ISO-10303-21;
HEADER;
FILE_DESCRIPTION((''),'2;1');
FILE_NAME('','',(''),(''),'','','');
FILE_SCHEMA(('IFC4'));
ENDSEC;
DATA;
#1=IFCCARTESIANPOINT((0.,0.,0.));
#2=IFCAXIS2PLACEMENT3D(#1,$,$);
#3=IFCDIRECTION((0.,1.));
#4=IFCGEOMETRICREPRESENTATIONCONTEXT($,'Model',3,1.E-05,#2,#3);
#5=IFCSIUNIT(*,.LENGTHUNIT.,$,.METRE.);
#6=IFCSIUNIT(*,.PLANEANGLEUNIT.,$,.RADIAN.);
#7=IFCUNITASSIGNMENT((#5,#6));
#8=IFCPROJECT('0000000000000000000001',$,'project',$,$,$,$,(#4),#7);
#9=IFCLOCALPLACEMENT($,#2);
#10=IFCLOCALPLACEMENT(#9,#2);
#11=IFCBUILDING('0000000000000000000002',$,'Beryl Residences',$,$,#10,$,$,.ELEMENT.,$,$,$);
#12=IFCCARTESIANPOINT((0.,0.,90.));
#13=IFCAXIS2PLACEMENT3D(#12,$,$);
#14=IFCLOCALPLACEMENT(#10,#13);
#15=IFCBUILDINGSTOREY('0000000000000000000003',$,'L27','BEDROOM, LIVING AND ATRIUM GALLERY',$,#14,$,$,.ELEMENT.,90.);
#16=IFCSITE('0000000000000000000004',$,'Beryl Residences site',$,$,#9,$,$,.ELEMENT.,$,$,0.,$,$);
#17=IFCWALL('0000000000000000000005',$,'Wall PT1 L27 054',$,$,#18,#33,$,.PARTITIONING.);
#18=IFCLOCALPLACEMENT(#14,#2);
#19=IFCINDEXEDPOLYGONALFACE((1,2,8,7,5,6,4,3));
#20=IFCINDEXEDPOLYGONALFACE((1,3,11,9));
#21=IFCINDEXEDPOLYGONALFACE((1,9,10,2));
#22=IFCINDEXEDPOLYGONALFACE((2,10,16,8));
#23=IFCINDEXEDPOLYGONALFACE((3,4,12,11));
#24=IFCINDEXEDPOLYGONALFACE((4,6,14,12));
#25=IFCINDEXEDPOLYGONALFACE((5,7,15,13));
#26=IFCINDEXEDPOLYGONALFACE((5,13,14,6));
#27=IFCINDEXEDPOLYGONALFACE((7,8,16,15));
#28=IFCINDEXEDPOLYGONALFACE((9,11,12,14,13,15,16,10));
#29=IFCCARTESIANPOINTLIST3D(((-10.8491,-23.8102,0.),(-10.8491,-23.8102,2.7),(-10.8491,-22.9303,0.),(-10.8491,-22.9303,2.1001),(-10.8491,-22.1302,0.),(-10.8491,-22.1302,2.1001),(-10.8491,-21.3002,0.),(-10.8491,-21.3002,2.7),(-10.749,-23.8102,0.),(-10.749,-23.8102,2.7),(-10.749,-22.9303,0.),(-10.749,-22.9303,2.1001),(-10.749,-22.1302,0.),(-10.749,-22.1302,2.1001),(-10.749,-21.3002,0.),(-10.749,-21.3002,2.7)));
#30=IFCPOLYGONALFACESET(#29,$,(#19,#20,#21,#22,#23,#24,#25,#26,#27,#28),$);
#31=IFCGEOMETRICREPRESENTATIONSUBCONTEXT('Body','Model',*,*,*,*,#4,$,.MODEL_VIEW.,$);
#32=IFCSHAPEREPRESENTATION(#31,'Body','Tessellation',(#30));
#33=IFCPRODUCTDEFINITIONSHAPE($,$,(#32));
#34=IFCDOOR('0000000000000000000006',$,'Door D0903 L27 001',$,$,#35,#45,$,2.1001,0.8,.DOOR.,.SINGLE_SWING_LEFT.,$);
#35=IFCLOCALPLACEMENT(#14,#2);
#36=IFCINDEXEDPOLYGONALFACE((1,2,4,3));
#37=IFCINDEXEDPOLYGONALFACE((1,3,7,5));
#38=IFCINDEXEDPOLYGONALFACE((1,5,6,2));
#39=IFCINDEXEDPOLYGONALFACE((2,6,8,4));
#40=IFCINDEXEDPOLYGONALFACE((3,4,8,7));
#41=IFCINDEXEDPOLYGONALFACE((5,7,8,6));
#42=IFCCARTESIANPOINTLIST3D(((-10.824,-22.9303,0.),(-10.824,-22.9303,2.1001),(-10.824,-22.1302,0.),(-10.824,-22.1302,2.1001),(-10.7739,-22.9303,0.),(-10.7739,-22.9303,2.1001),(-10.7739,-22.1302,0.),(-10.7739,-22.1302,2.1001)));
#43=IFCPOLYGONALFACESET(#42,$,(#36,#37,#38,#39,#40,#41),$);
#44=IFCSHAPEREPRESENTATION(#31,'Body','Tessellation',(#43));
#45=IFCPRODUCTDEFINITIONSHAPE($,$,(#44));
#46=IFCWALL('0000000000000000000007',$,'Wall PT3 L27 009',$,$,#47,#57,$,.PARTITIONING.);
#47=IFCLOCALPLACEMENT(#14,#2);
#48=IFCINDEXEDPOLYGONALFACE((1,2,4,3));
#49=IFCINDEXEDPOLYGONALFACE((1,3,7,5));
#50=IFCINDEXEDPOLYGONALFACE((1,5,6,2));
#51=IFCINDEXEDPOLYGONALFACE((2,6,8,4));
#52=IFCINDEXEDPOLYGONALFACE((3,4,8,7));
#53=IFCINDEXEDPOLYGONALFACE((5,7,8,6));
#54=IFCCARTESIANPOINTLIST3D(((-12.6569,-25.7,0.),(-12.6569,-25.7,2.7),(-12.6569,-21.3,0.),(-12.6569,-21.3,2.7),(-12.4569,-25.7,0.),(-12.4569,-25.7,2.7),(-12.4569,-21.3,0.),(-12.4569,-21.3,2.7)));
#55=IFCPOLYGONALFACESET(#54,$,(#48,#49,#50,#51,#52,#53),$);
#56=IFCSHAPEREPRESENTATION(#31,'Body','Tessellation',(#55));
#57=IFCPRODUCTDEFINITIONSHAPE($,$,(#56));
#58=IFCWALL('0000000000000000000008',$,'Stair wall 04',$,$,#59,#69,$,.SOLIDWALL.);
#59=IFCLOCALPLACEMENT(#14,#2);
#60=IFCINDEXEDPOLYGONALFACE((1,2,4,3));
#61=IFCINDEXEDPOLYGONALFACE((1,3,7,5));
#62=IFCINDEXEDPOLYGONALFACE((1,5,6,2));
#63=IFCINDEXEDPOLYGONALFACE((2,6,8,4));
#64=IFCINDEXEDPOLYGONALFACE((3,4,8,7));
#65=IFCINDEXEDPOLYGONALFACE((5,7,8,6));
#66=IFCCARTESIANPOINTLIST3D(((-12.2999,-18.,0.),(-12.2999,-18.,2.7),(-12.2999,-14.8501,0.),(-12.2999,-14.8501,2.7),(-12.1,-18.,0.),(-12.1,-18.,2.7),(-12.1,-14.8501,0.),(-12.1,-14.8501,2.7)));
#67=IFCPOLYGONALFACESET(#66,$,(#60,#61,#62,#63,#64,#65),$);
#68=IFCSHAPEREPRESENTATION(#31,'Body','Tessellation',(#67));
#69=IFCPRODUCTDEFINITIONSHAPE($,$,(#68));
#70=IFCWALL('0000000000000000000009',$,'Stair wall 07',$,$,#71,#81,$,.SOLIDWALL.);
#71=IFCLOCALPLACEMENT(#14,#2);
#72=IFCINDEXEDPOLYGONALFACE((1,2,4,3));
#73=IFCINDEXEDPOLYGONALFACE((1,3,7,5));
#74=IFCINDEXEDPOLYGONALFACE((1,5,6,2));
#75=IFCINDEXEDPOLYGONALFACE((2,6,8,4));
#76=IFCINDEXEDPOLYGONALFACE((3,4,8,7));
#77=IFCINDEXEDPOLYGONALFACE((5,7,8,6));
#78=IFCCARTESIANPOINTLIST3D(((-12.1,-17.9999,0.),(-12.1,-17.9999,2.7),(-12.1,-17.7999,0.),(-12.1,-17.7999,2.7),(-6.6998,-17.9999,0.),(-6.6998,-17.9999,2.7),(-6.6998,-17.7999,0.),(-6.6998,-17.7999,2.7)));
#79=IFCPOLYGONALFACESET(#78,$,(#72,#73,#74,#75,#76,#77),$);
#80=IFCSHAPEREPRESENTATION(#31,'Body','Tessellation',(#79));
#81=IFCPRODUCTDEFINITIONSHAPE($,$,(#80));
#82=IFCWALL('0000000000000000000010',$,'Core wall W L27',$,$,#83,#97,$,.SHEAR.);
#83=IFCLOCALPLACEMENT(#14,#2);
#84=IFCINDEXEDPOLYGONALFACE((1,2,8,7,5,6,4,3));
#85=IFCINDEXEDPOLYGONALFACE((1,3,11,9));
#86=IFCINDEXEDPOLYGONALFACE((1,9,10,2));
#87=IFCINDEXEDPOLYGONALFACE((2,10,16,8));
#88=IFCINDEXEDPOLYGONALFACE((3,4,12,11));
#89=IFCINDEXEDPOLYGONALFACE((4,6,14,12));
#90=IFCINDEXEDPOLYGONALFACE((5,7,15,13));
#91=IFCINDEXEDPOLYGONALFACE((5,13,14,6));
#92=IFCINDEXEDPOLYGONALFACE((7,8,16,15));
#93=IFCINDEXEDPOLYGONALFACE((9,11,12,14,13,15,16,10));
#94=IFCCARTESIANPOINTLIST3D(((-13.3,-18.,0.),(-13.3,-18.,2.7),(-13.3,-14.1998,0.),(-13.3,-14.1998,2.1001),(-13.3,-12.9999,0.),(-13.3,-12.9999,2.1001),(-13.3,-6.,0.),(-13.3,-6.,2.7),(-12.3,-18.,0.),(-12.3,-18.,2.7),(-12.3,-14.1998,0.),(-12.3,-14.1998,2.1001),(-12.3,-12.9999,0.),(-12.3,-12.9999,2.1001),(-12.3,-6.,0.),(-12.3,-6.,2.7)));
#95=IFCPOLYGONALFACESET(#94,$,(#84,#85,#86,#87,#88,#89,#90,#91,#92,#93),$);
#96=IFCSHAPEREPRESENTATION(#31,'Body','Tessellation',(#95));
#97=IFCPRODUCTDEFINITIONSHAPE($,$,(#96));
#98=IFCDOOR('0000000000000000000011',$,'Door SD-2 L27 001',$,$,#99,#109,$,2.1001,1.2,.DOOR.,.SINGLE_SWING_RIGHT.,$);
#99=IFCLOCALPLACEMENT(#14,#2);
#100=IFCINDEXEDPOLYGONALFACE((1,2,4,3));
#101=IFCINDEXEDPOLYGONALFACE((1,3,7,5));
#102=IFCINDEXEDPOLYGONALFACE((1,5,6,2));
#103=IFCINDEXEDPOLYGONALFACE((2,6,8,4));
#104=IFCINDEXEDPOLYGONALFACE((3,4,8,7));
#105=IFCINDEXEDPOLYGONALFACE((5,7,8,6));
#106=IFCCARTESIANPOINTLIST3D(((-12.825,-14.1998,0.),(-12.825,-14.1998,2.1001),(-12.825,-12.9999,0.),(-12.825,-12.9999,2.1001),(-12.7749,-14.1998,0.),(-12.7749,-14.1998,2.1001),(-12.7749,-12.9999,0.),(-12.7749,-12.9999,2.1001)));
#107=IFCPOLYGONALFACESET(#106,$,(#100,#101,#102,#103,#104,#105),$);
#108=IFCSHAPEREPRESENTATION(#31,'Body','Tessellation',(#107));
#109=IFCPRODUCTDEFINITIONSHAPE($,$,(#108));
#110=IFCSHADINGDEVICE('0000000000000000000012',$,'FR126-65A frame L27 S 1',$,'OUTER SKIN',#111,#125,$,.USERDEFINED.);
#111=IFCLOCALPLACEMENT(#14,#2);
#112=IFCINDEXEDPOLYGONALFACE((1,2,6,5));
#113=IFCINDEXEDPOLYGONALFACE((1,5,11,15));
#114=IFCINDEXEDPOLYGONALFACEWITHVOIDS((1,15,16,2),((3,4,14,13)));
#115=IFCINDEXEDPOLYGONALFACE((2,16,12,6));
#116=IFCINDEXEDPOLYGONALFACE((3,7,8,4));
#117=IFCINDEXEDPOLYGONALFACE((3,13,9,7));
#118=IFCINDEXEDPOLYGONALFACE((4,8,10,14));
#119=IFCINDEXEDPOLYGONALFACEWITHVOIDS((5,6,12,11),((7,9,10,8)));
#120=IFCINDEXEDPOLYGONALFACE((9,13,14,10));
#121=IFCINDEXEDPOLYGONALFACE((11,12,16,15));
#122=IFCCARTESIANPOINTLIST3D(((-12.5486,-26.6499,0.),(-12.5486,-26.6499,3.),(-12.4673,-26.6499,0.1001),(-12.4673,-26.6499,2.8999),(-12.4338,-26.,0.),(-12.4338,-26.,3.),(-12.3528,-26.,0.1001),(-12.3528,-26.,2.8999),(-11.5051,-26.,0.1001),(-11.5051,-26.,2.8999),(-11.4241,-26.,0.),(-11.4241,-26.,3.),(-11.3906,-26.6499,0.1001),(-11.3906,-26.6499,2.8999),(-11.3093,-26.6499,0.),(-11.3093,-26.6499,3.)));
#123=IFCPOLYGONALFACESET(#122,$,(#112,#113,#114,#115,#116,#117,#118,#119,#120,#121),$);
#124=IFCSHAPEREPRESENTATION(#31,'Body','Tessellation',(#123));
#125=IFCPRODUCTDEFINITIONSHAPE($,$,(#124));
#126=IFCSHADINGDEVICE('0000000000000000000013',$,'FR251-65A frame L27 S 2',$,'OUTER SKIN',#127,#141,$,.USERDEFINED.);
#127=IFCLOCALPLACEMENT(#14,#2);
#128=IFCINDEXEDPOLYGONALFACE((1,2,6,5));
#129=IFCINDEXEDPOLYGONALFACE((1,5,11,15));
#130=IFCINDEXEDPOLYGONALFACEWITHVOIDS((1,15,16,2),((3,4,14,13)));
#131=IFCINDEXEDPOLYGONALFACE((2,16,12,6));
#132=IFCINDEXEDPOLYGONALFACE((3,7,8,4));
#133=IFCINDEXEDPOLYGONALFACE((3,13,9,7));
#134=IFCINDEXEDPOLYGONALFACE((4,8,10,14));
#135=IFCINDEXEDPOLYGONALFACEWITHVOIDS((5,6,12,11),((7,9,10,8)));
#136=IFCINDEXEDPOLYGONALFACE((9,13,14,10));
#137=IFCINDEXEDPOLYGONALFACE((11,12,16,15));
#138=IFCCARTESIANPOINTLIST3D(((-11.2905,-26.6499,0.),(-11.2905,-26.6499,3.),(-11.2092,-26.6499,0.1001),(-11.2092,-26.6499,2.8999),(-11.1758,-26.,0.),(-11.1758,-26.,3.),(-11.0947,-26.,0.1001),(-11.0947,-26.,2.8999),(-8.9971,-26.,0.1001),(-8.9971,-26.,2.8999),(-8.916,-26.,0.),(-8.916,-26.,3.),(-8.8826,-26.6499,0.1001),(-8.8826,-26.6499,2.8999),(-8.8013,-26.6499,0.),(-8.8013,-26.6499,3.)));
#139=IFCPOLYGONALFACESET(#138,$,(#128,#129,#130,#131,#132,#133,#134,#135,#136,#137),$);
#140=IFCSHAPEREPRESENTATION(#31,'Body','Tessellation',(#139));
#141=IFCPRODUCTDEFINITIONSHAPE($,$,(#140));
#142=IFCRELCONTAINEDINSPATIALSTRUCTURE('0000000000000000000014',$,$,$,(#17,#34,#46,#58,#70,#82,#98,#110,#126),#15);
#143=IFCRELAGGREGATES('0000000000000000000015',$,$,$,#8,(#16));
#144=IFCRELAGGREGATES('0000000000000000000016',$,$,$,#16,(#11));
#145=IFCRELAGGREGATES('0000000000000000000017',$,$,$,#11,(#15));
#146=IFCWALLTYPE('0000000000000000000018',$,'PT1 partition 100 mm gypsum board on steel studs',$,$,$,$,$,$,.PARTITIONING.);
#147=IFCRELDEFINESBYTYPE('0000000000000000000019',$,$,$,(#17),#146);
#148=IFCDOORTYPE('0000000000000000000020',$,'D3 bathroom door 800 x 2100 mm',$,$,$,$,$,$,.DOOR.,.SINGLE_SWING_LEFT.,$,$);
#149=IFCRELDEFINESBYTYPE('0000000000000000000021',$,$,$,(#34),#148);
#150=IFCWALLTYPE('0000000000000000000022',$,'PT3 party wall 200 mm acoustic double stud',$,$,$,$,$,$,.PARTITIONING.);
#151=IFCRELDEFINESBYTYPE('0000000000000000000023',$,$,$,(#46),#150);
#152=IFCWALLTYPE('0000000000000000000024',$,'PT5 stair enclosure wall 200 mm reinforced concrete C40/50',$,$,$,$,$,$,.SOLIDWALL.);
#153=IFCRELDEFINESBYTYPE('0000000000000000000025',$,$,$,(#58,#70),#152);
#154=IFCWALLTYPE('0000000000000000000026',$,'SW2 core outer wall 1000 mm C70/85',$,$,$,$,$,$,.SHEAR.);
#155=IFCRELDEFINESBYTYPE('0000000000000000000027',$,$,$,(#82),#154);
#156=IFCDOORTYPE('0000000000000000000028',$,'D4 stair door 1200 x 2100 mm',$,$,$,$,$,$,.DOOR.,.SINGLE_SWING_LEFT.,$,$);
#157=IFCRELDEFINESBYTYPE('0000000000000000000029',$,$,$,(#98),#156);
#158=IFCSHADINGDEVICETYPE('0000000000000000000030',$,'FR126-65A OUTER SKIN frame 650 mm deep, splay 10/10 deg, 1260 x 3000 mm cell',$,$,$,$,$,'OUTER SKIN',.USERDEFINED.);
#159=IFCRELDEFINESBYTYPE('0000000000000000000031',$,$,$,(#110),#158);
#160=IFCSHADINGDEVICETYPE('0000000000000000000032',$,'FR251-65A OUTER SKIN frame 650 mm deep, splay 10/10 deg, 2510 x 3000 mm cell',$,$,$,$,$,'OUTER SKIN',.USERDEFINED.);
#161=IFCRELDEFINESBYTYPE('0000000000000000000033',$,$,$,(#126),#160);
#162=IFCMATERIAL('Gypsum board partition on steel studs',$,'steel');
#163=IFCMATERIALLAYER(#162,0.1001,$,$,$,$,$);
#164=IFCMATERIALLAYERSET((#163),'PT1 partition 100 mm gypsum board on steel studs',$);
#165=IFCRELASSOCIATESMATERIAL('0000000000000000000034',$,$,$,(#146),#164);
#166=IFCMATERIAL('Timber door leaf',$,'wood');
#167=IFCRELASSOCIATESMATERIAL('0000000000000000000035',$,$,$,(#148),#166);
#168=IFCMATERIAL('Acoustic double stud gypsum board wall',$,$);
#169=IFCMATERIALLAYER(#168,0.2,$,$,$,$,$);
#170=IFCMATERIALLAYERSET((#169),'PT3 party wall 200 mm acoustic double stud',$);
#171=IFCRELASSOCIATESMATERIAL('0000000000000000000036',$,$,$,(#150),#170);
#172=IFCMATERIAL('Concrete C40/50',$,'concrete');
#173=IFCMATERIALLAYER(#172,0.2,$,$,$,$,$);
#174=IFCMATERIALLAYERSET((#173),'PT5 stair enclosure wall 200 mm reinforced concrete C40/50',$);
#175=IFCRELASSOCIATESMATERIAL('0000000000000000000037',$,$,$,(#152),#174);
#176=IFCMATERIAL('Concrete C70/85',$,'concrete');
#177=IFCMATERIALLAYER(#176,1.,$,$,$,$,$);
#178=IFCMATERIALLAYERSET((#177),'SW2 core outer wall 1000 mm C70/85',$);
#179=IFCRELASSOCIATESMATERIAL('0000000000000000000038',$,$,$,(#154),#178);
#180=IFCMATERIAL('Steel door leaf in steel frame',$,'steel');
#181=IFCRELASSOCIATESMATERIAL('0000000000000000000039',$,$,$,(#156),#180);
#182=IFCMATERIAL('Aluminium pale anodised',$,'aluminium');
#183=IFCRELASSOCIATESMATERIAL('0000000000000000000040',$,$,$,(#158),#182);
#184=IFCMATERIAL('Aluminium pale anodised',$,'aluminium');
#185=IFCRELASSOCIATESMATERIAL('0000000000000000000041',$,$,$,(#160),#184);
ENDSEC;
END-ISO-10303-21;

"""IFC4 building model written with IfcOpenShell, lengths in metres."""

from ifc_helpers import new_model, entity, si_unit, direction, frame, frame_2d, origin, place, context, subcontext, project, spatial, rectangle, extrude, source, transform, mapped, material, layer, layer_set, type_object, type_shapes, element, fill, save


model = new_model("IFC4")

# Units and contexts
model_context = context("Model", 3, precision=1e-05, world=origin(), true_north=direction((0.0, 1.0)))
body_context = subcontext(model_context, "Body", "Model", "MODEL_VIEW")
ifc_project = project(units=[si_unit("LENGTHUNIT", "METRE"), si_unit("PLANEANGLEUNIT", "RADIAN")], contexts=[model_context])

# Site, building, storey
site_placement = place(None, origin())
site = spatial("IfcSite", under=ifc_project, at=site_placement, Name="Beryl Residences site", CompositionType="ELEMENT", RefElevation=0.0)
building_placement = place(site_placement, origin())
building = spatial("IfcBuilding", under=site, at=building_placement, Name="Beryl Residences", CompositionType="ELEMENT")
storey_placement = place(building_placement, frame((0.0, 0.0, 90.0)))
storey = spatial("IfcBuildingStorey", under=building, at=storey_placement, Name="L27", Description="BEDROOM, LIVING AND ATRIUM GALLERY", CompositionType="ELEMENT", Elevation=90.0)

# Shared definitions
ifc_material_1 = material(Name="Gypsum board partition on steel studs", Category="steel")
ifc_layer_1 = layer(ifc_material_1, 0.1001)
ifc_layer_set_1 = layer_set([ifc_layer_1], Name="PT1 partition 100 mm gypsum board on steel studs")
wall_type_1 = type_object("IfcWallType", Name="PT1 partition 100 mm gypsum board on steel studs", PredefinedType="PARTITIONING", material=ifc_layer_set_1)

# Wall, opening, door
wall_1_placement = place(storey_placement, frame((-10.7991, -23.8101, 0.0), z_axis=(0.0, 0.0, 1.0), x_axis=(0.0, 1.0, 0.0)))
wall_1 = element("IfcWall", 1, at=wall_1_placement, inside=storey, type_object=wall_type_1, Name="Wall PT1 L27 054", PredefinedType="PARTITIONING", context=body_context, shape_type="SweptSolid", body=[
    extrude(rectangle(XDim=2.51, YDim=0.1001, at=frame_2d((1.2549, 0.0))), origin(), (0.0, 0.0, 1.0), 2.7),
])
opening_1_placement = place(wall_1_placement, frame((0.8799, 0.0, 0.0)))
opening_1 = element("IfcOpeningElement", 2, at=opening_1_placement, cuts=wall_1, PredefinedType="OPENING", context=body_context, shape_type="SweptSolid", body=[
    extrude(rectangle(XDim=0.8, YDim=2.1001, at=frame_2d((0.3999, 1.05))), frame((0.0, 0.0601, 0.0), z_axis=(0.0, -1.0, 0.0), x_axis=(1.0, 0.0, 0.0)), (0.0, 0.0, 1.0), 0.1201),
])
ifc_material_2 = material(Name="Timber door leaf", Category="wood")
door_type_1 = type_object("IfcDoorType", Name="D3 bathroom door 800 x 2100 mm", OperationType="SINGLE_SWING_LEFT", PredefinedType="DOOR", material=ifc_material_2)
door_1_placement = place(opening_1_placement, origin())
door_1 = element("IfcDoor", 3, at=door_1_placement, inside=storey, type_object=door_type_1, Name="Door D0903 L27 001", OperationType="SINGLE_SWING_LEFT", OverallHeight=2.1001, OverallWidth=0.8, PredefinedType="DOOR", context=body_context, shape_type="SweptSolid", body=[
    extrude(rectangle(XDim=0.8, YDim=2.1001, at=frame_2d((0.3999, 1.05))), frame((0.0, 0.0249, 0.0), z_axis=(0.0, -1.0, 0.0), x_axis=(1.0, 0.0, 0.0)), (0.0, 0.0, 1.0), 0.05),
])
fill(opening_1, door_1)

# Walls
ifc_material_3 = material(Name="Acoustic double stud gypsum board wall")
ifc_layer_2 = layer(ifc_material_3, 0.2)
ifc_layer_set_2 = layer_set([ifc_layer_2], Name="PT3 party wall 200 mm acoustic double stud")
wall_type_2 = type_object("IfcWallType", Name="PT3 party wall 200 mm acoustic double stud", PredefinedType="PARTITIONING", material=ifc_layer_set_2)
wall_2_placement = place(storey_placement, frame((-12.5569, -25.7, 0.0), z_axis=(0.0, 0.0, 1.0), x_axis=(0.0, 1.0, 0.0)))
element("IfcWall", 4, at=wall_2_placement, inside=storey, type_object=wall_type_2, Name="Wall PT3 L27 009", PredefinedType="PARTITIONING", context=body_context, shape_type="SweptSolid", body=[
    extrude(rectangle(XDim=4.3999, YDim=0.2, at=frame_2d((2.2, 0.0))), origin(), (0.0, 0.0, 1.0), 2.7),
])
ifc_material_4 = material(Name="Concrete C40/50", Category="concrete")
ifc_layer_3 = layer(ifc_material_4, 0.2)
ifc_layer_set_3 = layer_set([ifc_layer_3], Name="PT5 stair enclosure wall 200 mm reinforced concrete C40/50")
wall_type_3 = type_object("IfcWallType", Name="PT5 stair enclosure wall 200 mm reinforced concrete C40/50", PredefinedType="SOLIDWALL", material=ifc_layer_set_3)
wall_3_placement = place(storey_placement, frame((-12.2, -18.0, 0.0), z_axis=(0.0, 0.0, 1.0), x_axis=(0.0, 1.0, 0.0)))
element("IfcWall", 5, at=wall_3_placement, inside=storey, type_object=wall_type_3, Name="Stair wall 04", PredefinedType="SOLIDWALL", context=body_context, shape_type="SweptSolid", body=[
    extrude(rectangle(XDim=3.1499, YDim=0.2, at=frame_2d((1.575, 0.0))), origin(), (0.0, 0.0, 1.0), 2.7),
])
wall_4_placement = place(storey_placement, frame((-12.1001, -17.8999, 0.0), z_axis=(0.0, 0.0, 1.0), x_axis=(1.0, 0.0, 0.0)))
element("IfcWall", 6, at=wall_4_placement, inside=storey, type_object=wall_type_3, Name="Stair wall 07", PredefinedType="SOLIDWALL", context=body_context, shape_type="SweptSolid", body=[
    extrude(rectangle(XDim=5.4001, YDim=0.2, at=frame_2d((2.7002, 0.0))), origin(), (0.0, 0.0, 1.0), 2.7),
])

# Wall, opening, door
ifc_material_5 = material(Name="Concrete C70/85", Category="concrete")
ifc_layer_4 = layer(ifc_material_5, 1.0)
ifc_layer_set_4 = layer_set([ifc_layer_4], Name="SW2 core outer wall 1000 mm C70/85")
wall_type_4 = type_object("IfcWallType", Name="SW2 core outer wall 1000 mm C70/85", PredefinedType="SHEAR", material=ifc_layer_set_4)
wall_5_placement = place(storey_placement, frame((-12.8, -18.0, 0.0), z_axis=(0.0, 0.0, 1.0), x_axis=(0.0, 1.0, 0.0)))
wall_5 = element("IfcWall", 7, at=wall_5_placement, inside=storey, type_object=wall_type_4, Name="Core wall W L27", PredefinedType="SHEAR", context=body_context, shape_type="SweptSolid", body=[
    extrude(rectangle(XDim=12.0, YDim=1.0, at=frame_2d((6.0, 0.0))), origin(), (0.0, 0.0, 1.0), 2.7),
])
opening_2_placement = place(wall_5_placement, frame((3.8, 0.0, 0.0)))
opening_2 = element("IfcOpeningElement", 8, at=opening_2_placement, cuts=wall_5, PredefinedType="OPENING", context=body_context, shape_type="SweptSolid", body=[
    extrude(rectangle(XDim=1.2, YDim=2.1001, at=frame_2d((0.6001, 1.05))), frame((0.0, 0.51, 0.0), z_axis=(0.0, -1.0, 0.0), x_axis=(1.0, 0.0, 0.0)), (0.0, 0.0, 1.0), 1.02),
])
ifc_material_6 = material(Name="Steel door leaf in steel frame", Category="steel")
door_type_2 = type_object("IfcDoorType", Name="D4 stair door 1200 x 2100 mm", OperationType="SINGLE_SWING_LEFT", PredefinedType="DOOR", material=ifc_material_6)
door_2_placement = place(opening_2_placement, origin())
door_2 = element("IfcDoor", 9, at=door_2_placement, inside=storey, type_object=door_type_2, Name="Door SD-2 L27 001", OperationType="SINGLE_SWING_RIGHT", OverallHeight=2.1001, OverallWidth=1.2, PredefinedType="DOOR", context=body_context, shape_type="SweptSolid", body=[
    extrude(rectangle(XDim=1.2, YDim=2.1001, at=frame_2d((0.6001, 1.05))), frame((0.0, 0.0249, 0.0), z_axis=(0.0, -1.0, 0.0), x_axis=(1.0, 0.0, 0.0)), (0.0, 0.0, 1.0), 0.05),
])
fill(opening_2, door_2)

# Shading devices
ifc_material_7 = material(Name="Aluminium pale anodised", Category="aluminium")
shading_device_type_1 = type_object("IfcShadingDeviceType", Name="FR126-65A OUTER SKIN frame 650 mm deep, splay 10/10 deg, 1260 x 3000 mm cell", ElementType="OUTER SKIN", PredefinedType="USERDEFINED", material=ifc_material_7)
cartesian_point_1 = entity("IfcCartesianPoint", [-0.5049, 0.0])
cartesian_point_2 = entity("IfcCartesianPoint", [-0.4238, 0.1001])
cartesian_point_3 = entity("IfcCartesianPoint", [-0.6196, 0.0])
cartesian_point_4 = entity("IfcCartesianPoint", [-0.5383, 0.1001])
shared_shape_1 = source(origin(), body_context, "Body", "SweptSolid", [
    entity("IfcExtrudedAreaSolidTapered", entity("IfcArbitraryProfileDefWithVoids", "AREA", None, entity("IfcPolyline", [cartesian_point_1, entity("IfcCartesianPoint", [0.5049, 0.0]), entity("IfcCartesianPoint", [0.5049, 3.0]), entity("IfcCartesianPoint", [-0.5049, 3.0]), cartesian_point_1]), [entity("IfcPolyline", [cartesian_point_2, entity("IfcCartesianPoint", [0.4238, 0.1001]), entity("IfcCartesianPoint", [0.4238, 2.8999]), entity("IfcCartesianPoint", [-0.4238, 2.8999]), cartesian_point_2])]), entity("IfcAxis2Placement3D", entity("IfcCartesianPoint", [0.0, 0.0, 0.0]), entity("IfcDirection", [0.0, 1.0, 0.0]), entity("IfcDirection", [-1.0, 0.0, 0.0])), entity("IfcDirection", [0.0, 0.0, 1.0]), 0.6499, entity("IfcArbitraryProfileDefWithVoids", "AREA", None, entity("IfcPolyline", [cartesian_point_3, entity("IfcCartesianPoint", [0.6196, 0.0]), entity("IfcCartesianPoint", [0.6196, 3.0]), entity("IfcCartesianPoint", [-0.6196, 3.0]), cartesian_point_3]), [entity("IfcPolyline", [cartesian_point_4, entity("IfcCartesianPoint", [0.5383, 0.1001]), entity("IfcCartesianPoint", [0.5383, 2.8999]), entity("IfcCartesianPoint", [-0.5383, 2.8999]), cartesian_point_4])])),
])
type_shapes(shading_device_type_1, [shared_shape_1])
shading_device_1_placement = place(storey_placement, frame((-11.929, -26.0, 0.0), z_axis=(0.0, 0.0, 1.0), x_axis=(-1.0, 0.0, 0.0)))
element("IfcShadingDevice", 10, at=shading_device_1_placement, inside=storey, type_object=shading_device_type_1, Name="FR126-65A frame L27 S 1", ObjectType="OUTER SKIN", PredefinedType="USERDEFINED", context=body_context, shape_type="MappedRepresentation", body=[
    mapped(shared_shape_1, transform((0.0, 0.0, 0.0))),
])
ifc_material_8 = material(Name="Aluminium pale anodised", Category="aluminium")
shading_device_type_2 = type_object("IfcShadingDeviceType", Name="FR251-65A OUTER SKIN frame 650 mm deep, splay 10/10 deg, 2510 x 3000 mm cell", ElementType="OUTER SKIN", PredefinedType="USERDEFINED", material=ifc_material_8)
cartesian_point_5 = entity("IfcCartesianPoint", [-1.1299, 0.0])
cartesian_point_6 = entity("IfcCartesianPoint", [-1.0488, 0.1001])
cartesian_point_7 = entity("IfcCartesianPoint", [-1.2446, 0.0])
cartesian_point_8 = entity("IfcCartesianPoint", [-1.1633, 0.1001])
shared_shape_2 = source(origin(), body_context, "Body", "SweptSolid", [
    entity("IfcExtrudedAreaSolidTapered", entity("IfcArbitraryProfileDefWithVoids", "AREA", None, entity("IfcPolyline", [cartesian_point_5, entity("IfcCartesianPoint", [1.1299, 0.0]), entity("IfcCartesianPoint", [1.1299, 3.0]), entity("IfcCartesianPoint", [-1.1299, 3.0]), cartesian_point_5]), [entity("IfcPolyline", [cartesian_point_6, entity("IfcCartesianPoint", [1.0488, 0.1001]), entity("IfcCartesianPoint", [1.0488, 2.8999]), entity("IfcCartesianPoint", [-1.0488, 2.8999]), cartesian_point_6])]), entity("IfcAxis2Placement3D", entity("IfcCartesianPoint", [0.0, 0.0, 0.0]), entity("IfcDirection", [0.0, 1.0, 0.0]), entity("IfcDirection", [-1.0, 0.0, 0.0])), entity("IfcDirection", [0.0, 0.0, 1.0]), 0.6499, entity("IfcArbitraryProfileDefWithVoids", "AREA", None, entity("IfcPolyline", [cartesian_point_7, entity("IfcCartesianPoint", [1.2446, 0.0]), entity("IfcCartesianPoint", [1.2446, 3.0]), entity("IfcCartesianPoint", [-1.2446, 3.0]), cartesian_point_7]), [entity("IfcPolyline", [cartesian_point_8, entity("IfcCartesianPoint", [1.1633, 0.1001]), entity("IfcCartesianPoint", [1.1633, 2.8999]), entity("IfcCartesianPoint", [-1.1633, 2.8999]), cartesian_point_8])])),
])
type_shapes(shading_device_type_2, [shared_shape_2])
shading_device_2_placement = place(storey_placement, frame((-10.0459, -26.0, 0.0), z_axis=(0.0, 0.0, 1.0), x_axis=(-1.0, 0.0, 0.0)))
element("IfcShadingDevice", 11, at=shading_device_2_placement, inside=storey, type_object=shading_device_type_2, Name="FR251-65A frame L27 S 2", ObjectType="OUTER SKIN", PredefinedType="USERDEFINED", context=body_context, shape_type="MappedRepresentation", body=[
    mapped(shared_shape_2, transform((0.0, 0.0, 0.0))),
])

save(model, "model.ifc")
